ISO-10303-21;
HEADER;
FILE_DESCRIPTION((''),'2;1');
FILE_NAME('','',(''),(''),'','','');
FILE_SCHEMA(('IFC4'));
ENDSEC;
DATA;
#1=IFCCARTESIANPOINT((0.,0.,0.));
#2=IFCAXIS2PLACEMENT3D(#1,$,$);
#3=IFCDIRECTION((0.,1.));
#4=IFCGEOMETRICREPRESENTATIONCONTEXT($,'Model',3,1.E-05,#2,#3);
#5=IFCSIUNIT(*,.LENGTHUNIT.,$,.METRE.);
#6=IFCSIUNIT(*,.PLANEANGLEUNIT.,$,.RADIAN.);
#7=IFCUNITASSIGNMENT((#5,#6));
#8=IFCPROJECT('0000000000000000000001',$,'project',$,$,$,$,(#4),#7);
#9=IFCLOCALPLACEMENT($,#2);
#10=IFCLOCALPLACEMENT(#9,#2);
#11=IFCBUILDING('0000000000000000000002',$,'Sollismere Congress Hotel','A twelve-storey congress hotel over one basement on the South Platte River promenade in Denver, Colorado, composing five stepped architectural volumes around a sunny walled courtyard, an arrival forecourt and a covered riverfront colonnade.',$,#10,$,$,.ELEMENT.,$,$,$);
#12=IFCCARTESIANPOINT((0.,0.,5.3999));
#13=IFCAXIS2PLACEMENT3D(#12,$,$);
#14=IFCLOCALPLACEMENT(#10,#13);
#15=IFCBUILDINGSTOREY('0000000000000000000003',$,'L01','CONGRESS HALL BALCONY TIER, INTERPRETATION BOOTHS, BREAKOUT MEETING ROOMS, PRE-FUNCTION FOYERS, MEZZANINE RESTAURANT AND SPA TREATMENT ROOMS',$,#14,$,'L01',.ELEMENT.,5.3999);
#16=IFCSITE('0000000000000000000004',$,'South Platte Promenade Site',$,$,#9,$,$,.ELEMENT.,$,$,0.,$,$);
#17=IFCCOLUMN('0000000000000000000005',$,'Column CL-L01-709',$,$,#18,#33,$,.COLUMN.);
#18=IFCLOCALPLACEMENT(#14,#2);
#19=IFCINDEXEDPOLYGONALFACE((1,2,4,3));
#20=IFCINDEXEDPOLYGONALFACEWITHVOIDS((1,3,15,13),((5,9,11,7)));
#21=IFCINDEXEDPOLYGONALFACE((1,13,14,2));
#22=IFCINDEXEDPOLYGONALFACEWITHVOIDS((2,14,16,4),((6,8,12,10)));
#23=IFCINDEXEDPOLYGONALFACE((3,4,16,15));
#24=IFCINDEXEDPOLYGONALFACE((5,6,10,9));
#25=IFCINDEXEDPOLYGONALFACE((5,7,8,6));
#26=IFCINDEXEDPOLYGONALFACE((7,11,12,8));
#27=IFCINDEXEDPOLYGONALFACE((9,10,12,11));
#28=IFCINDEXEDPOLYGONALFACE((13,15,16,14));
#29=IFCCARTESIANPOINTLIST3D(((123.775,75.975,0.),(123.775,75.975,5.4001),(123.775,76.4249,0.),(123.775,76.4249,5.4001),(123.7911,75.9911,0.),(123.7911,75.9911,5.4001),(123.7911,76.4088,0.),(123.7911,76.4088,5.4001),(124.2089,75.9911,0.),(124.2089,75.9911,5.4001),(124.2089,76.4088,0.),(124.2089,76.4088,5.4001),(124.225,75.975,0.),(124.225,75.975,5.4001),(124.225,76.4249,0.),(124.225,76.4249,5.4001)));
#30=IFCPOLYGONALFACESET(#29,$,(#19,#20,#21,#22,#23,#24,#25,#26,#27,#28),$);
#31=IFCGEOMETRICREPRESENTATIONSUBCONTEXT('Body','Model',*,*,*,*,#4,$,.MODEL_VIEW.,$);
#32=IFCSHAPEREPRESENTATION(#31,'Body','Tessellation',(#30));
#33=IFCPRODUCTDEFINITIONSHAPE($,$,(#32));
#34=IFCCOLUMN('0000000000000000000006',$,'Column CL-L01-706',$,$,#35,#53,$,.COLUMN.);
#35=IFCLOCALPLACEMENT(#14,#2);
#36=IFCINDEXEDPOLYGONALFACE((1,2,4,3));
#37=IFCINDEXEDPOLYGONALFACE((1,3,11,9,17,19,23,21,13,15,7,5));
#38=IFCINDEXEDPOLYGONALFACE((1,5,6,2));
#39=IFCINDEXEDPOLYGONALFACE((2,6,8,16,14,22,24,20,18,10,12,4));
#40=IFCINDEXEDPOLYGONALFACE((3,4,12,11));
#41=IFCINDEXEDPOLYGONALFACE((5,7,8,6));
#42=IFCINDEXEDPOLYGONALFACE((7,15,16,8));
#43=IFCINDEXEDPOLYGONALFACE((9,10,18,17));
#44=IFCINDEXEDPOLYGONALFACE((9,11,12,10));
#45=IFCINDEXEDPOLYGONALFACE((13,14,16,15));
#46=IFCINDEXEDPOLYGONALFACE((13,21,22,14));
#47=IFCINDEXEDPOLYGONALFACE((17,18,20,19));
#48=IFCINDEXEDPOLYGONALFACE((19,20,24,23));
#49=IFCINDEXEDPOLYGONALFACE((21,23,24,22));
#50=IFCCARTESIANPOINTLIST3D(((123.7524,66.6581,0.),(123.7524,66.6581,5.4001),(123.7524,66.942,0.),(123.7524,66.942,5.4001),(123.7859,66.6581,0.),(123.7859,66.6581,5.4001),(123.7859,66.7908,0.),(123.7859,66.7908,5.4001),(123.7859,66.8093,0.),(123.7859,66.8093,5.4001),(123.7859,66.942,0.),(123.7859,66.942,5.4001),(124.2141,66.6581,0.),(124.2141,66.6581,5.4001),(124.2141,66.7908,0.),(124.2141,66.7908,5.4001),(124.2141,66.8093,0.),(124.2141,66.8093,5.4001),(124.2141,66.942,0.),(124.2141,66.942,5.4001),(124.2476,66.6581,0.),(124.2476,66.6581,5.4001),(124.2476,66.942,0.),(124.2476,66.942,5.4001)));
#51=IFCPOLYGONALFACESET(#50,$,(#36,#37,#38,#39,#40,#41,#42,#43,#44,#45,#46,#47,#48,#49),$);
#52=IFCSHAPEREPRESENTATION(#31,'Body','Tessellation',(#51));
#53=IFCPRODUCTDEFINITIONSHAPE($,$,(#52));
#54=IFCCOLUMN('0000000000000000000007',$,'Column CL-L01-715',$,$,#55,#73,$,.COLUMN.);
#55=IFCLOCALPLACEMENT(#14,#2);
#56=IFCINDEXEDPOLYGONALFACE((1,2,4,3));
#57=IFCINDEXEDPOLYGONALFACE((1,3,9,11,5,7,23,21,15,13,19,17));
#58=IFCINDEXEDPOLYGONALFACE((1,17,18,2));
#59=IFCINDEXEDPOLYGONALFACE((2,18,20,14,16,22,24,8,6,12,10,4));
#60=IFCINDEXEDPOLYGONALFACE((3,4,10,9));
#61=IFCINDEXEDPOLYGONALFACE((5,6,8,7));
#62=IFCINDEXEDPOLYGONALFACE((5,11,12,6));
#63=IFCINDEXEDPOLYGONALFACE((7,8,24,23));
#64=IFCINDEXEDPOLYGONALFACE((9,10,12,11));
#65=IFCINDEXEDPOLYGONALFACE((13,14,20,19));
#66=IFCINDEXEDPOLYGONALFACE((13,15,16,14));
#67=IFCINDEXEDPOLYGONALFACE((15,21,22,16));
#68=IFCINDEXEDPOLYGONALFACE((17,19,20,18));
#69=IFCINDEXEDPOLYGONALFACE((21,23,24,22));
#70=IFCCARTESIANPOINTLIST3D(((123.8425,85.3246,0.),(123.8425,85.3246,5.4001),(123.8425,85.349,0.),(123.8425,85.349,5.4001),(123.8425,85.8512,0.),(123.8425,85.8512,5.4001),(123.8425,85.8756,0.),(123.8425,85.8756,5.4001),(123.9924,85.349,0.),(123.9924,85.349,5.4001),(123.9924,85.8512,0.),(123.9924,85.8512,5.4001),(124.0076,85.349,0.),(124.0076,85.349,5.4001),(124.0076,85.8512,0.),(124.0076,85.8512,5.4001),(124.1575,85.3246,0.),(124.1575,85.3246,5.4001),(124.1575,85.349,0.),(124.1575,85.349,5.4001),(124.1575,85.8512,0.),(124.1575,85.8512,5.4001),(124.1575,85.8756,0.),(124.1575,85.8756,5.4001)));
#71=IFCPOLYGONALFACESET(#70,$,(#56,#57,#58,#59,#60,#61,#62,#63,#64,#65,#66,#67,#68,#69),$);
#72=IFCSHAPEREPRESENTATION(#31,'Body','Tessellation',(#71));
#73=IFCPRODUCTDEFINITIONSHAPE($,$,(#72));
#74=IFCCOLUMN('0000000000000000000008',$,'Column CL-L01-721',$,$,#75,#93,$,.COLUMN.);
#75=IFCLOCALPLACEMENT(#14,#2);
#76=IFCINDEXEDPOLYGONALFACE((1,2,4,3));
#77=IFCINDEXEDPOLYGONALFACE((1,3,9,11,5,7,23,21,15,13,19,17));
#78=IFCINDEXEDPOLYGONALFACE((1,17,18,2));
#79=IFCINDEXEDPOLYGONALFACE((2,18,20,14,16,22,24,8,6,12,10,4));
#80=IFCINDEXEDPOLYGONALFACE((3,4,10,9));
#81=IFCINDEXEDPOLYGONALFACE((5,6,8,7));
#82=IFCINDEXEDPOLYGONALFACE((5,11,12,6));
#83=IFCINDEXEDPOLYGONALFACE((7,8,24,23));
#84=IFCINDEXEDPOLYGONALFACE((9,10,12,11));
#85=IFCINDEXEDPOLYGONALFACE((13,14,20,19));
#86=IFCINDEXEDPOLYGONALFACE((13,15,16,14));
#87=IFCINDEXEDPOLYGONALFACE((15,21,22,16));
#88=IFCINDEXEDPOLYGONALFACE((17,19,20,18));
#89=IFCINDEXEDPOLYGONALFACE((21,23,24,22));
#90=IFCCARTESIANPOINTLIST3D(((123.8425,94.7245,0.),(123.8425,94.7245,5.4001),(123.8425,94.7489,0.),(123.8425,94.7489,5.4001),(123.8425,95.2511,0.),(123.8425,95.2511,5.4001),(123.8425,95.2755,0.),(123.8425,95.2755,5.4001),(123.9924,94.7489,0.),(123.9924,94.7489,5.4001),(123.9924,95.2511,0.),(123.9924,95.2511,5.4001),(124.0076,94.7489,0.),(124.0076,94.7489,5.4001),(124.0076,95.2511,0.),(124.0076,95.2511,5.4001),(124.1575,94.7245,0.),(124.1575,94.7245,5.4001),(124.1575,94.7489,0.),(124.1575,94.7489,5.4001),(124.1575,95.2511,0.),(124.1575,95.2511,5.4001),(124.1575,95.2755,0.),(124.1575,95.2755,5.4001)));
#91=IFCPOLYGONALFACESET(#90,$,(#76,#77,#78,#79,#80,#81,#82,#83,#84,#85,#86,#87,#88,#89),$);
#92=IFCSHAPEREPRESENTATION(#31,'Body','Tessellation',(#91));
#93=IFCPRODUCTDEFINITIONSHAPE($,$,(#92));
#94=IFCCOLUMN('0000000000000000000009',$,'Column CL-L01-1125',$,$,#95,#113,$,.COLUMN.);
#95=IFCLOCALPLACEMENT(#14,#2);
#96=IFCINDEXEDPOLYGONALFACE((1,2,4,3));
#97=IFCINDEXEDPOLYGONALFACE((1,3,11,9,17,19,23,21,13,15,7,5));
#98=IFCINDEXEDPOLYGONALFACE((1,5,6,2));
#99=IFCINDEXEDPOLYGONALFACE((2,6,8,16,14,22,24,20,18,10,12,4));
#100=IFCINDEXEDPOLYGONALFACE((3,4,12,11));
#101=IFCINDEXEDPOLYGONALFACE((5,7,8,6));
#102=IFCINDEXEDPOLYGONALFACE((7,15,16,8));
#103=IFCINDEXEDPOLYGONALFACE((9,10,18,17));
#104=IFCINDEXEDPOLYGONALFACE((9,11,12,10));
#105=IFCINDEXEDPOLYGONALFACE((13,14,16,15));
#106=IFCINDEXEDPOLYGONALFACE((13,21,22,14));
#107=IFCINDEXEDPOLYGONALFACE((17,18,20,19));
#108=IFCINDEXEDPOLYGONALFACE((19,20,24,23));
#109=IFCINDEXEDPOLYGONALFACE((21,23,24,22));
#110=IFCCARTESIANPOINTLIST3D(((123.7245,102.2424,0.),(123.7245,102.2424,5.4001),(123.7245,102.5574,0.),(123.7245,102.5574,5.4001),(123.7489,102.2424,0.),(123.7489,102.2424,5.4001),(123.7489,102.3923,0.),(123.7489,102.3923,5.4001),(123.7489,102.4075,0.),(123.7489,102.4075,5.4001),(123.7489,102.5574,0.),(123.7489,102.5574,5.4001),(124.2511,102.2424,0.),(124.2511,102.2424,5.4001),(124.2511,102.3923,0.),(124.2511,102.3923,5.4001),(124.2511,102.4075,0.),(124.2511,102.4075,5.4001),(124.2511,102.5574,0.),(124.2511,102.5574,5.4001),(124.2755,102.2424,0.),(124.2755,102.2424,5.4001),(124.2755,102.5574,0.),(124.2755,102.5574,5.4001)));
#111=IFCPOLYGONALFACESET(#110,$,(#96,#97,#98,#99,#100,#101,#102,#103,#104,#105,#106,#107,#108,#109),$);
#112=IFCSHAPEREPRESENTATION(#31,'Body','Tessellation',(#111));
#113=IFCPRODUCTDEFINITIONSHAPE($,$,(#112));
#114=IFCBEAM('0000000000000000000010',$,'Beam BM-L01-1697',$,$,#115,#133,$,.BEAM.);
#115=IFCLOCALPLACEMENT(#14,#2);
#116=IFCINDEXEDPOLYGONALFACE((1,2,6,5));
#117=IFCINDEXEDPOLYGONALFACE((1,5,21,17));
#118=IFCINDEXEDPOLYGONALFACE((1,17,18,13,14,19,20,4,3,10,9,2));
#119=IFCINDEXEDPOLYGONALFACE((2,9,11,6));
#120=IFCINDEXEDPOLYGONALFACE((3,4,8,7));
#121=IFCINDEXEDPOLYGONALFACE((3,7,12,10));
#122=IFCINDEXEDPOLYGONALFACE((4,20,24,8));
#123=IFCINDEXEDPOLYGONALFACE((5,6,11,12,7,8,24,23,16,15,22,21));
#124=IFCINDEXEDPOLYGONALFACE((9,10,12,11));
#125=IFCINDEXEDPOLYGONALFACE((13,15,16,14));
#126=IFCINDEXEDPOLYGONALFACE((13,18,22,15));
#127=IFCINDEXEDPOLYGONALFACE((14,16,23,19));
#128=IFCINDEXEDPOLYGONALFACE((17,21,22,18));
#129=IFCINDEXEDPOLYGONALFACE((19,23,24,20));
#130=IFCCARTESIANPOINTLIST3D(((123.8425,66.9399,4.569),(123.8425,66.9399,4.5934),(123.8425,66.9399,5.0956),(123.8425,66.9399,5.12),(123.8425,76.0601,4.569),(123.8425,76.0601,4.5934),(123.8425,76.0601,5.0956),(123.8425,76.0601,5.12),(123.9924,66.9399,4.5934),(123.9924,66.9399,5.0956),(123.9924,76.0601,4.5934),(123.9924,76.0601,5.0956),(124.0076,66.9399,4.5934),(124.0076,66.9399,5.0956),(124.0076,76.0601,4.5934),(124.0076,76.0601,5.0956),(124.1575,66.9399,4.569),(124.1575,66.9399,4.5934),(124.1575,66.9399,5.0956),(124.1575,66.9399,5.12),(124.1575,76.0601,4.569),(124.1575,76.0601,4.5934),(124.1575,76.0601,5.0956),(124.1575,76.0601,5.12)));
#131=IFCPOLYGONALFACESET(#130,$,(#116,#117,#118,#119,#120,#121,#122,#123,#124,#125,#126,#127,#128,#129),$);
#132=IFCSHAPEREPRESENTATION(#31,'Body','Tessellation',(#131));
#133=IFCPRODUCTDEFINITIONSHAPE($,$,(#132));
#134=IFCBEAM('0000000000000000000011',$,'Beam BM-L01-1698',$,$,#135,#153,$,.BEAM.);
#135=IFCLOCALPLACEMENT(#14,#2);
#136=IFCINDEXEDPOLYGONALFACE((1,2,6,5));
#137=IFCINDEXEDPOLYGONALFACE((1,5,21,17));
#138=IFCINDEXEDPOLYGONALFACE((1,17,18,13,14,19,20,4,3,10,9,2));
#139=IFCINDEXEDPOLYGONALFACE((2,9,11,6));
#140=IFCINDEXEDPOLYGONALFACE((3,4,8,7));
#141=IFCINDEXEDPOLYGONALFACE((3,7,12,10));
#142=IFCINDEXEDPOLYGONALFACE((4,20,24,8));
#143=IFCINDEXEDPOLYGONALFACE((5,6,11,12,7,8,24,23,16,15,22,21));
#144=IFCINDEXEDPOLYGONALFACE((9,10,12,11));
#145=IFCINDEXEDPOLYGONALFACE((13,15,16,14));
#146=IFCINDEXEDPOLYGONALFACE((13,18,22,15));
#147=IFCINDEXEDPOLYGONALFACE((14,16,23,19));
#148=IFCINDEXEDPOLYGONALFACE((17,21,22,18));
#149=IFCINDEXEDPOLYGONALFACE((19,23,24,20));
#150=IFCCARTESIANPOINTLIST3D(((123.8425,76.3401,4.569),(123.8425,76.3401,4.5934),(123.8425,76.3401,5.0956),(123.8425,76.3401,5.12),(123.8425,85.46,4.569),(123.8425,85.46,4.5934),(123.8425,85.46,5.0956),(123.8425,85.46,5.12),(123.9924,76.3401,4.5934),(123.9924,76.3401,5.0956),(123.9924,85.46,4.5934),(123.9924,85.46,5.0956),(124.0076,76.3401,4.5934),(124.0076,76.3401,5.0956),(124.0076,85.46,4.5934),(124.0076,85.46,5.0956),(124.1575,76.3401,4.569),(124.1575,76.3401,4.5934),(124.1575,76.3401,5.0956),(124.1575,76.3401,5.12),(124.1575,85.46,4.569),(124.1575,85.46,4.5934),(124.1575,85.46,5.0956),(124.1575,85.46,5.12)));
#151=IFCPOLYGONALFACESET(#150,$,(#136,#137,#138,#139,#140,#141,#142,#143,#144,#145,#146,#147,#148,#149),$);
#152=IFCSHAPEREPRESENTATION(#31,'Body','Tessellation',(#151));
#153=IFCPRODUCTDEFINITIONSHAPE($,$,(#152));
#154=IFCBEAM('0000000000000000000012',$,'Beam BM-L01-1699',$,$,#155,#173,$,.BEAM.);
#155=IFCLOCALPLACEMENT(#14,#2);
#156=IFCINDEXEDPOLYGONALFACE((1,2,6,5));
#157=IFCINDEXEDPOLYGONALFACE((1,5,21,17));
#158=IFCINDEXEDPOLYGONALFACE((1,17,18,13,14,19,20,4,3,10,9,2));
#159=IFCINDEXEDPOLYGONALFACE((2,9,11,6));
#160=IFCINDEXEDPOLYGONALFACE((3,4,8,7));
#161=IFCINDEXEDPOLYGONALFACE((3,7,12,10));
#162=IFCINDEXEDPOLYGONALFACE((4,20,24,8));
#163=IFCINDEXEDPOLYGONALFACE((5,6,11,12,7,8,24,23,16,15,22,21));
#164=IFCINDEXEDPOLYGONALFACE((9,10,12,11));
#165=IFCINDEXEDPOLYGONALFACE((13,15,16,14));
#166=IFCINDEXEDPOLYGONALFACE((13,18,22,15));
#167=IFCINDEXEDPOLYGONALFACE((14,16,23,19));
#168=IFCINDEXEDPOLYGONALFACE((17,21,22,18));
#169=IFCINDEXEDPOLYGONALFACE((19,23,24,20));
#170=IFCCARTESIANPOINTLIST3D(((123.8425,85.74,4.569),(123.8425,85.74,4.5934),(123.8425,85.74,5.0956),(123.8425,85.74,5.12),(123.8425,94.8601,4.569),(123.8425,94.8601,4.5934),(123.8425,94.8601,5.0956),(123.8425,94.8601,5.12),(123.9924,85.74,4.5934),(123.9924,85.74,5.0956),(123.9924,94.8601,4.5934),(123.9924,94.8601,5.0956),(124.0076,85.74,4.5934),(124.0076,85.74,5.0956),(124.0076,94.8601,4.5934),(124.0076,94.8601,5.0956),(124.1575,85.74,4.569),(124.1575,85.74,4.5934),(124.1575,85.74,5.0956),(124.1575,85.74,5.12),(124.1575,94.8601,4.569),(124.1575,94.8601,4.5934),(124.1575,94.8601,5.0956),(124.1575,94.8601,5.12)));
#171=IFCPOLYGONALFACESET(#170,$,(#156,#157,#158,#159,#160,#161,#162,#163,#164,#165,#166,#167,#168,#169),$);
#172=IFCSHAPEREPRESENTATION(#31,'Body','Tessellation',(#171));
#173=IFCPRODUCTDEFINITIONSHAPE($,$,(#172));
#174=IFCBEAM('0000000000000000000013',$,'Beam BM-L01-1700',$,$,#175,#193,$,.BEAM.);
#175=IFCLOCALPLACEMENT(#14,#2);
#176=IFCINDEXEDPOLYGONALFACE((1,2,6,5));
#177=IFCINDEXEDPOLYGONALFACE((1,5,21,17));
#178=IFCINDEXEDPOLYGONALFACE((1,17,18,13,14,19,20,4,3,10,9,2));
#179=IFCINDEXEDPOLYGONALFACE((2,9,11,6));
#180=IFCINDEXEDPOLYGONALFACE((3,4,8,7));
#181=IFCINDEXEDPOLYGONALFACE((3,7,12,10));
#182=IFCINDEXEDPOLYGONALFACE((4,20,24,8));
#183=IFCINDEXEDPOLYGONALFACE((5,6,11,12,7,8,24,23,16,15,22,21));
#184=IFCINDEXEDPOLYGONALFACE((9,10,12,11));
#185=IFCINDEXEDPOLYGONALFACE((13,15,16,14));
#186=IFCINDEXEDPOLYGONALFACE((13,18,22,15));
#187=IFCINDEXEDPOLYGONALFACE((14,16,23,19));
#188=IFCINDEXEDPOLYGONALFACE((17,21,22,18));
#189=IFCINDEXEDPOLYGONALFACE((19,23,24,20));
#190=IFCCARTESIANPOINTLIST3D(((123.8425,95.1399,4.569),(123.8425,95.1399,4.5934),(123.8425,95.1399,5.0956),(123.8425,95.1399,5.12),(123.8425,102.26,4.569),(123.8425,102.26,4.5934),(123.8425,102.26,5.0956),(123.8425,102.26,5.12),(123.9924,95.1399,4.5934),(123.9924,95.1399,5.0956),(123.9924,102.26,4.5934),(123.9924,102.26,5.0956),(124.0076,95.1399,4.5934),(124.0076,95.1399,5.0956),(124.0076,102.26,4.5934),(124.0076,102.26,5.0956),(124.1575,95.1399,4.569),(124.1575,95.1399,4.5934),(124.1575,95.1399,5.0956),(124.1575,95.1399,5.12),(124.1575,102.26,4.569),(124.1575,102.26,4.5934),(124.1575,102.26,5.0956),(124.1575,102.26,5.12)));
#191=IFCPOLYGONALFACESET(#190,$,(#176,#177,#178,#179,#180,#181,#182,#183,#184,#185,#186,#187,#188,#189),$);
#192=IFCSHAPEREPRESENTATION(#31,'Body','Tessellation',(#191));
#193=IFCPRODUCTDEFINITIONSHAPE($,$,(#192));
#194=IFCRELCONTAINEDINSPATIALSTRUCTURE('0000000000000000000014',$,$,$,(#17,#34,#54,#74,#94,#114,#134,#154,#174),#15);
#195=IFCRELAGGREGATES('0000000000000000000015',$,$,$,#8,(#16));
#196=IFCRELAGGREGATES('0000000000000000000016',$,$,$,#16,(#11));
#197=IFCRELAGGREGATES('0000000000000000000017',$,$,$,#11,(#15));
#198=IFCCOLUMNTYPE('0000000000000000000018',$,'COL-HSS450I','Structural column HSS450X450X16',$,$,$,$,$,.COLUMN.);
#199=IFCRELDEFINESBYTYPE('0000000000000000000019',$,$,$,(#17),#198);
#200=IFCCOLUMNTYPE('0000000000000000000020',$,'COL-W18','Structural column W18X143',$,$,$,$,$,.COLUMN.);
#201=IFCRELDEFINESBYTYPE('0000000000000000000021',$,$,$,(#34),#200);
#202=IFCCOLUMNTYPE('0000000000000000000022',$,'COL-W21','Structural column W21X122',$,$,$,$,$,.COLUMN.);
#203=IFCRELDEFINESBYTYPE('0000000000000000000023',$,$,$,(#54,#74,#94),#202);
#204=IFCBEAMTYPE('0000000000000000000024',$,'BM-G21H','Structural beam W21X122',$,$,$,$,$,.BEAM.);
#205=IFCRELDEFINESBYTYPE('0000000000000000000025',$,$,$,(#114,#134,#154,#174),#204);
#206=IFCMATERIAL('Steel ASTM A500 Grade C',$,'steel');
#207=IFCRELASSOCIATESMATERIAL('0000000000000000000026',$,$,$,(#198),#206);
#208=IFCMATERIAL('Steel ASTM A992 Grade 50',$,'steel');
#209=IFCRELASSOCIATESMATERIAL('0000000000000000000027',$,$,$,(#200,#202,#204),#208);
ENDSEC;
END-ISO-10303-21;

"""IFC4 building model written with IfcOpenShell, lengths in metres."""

from ifc_helpers import new_model, si_unit, direction, frame, origin, origin_2d, place, context, subcontext, project, spatial, hollow_rectangle, i_section, extrude, material, material_profile, profile_set, type_object, element, save


model = new_model("IFC4")

# Units and contexts
model_context = context("Model", 3, precision=1e-05, world=origin(), true_north=direction((0.0, 1.0)))
body_context = subcontext(model_context, "Body", "Model", "MODEL_VIEW")
ifc_project = project(units=[si_unit("LENGTHUNIT", "METRE"), si_unit("PLANEANGLEUNIT", "RADIAN")], contexts=[model_context])

# Site, building, storey
site_placement = place(None, origin())
site = spatial("IfcSite", under=ifc_project, at=site_placement, Name="South Platte Promenade Site", CompositionType="ELEMENT", RefElevation=0.0)
building_placement = place(site_placement, origin())
building = spatial("IfcBuilding", under=site, at=building_placement, Name="Sollismere Congress Hotel", Description="A twelve-storey congress hotel over one basement on the South Platte River promenade in Denver, Colorado, composing five stepped architectural volumes around a sunny walled courtyard, an arrival forecourt and a covered riverfront colonnade.", CompositionType="ELEMENT")
storey_placement = place(building_placement, frame((0.0, 0.0, 5.3999)))
storey = spatial("IfcBuildingStorey", under=building, at=storey_placement, Name="L01", Description="CONGRESS HALL BALCONY TIER, INTERPRETATION BOOTHS, BREAKOUT MEETING ROOMS, PRE-FUNCTION FOYERS, MEZZANINE RESTAURANT AND SPA TREATMENT ROOMS", LongName="L01", CompositionType="ELEMENT", Elevation=5.3999)

# Columns
ifc_material_1 = material(Name="Steel ASTM A500 Grade C", Category="steel")
ifc_material_profile_1 = material_profile(ifc_material_1, hollow_rectangle(XDim=0.45, YDim=0.45, WallThickness=0.0161, at=origin_2d()), Name="HSS450X450X16")
ifc_profile_set_1 = profile_set([ifc_material_profile_1], Name="Steel ASTM A500 Grade C")
column_type_1 = type_object("IfcColumnType", Name="COL-HSS450I", Description="Structural column HSS450X450X16", PredefinedType="COLUMN", material=ifc_profile_set_1)
column_1_placement = place(storey_placement, frame((124.0, 76.2, 0.0), z_axis=(0.0, 0.0, 1.0), x_axis=(1.0, 0.0, 0.0)))
element("IfcColumn", 1, at=column_1_placement, inside=storey, type_object=column_type_1, Name="Column CL-L01-709", PredefinedType="COLUMN", context=body_context, shape_type="SweptSolid", body=[
    extrude(hollow_rectangle(XDim=0.45, YDim=0.45, WallThickness=0.0161, at=origin_2d()), origin(), (0.0, 0.0, 1.0), 5.4001),
])
ifc_material_2 = material(Name="Steel ASTM A992 Grade 50", Category="steel")
ifc_material_profile_2 = material_profile(ifc_material_2, i_section(OverallWidth=0.2839, OverallDepth=0.4951, WebThickness=0.0186, FlangeThickness=0.0334, at=origin_2d()), Name="W18X143")
ifc_profile_set_2 = profile_set([ifc_material_profile_2], Name="Steel ASTM A992 Grade 50")
column_type_2 = type_object("IfcColumnType", Name="COL-W18", Description="Structural column W18X143", PredefinedType="COLUMN", material=ifc_profile_set_2)
column_2_placement = place(storey_placement, frame((124.0, 66.8, 0.0), z_axis=(0.0, 0.0, 1.0), x_axis=(0.0, 1.0, 0.0)))
element("IfcColumn", 2, at=column_2_placement, inside=storey, type_object=column_type_2, Name="Column CL-L01-706", PredefinedType="COLUMN", context=body_context, shape_type="SweptSolid", body=[
    extrude(i_section(OverallWidth=0.2839, OverallDepth=0.4951, WebThickness=0.0186, FlangeThickness=0.0334, at=origin_2d()), origin(), (0.0, 0.0, 1.0), 5.4001),
])
ifc_material_profile_3 = material_profile(ifc_material_2, i_section(OverallWidth=0.3149, OverallDepth=0.551, WebThickness=0.0151, FlangeThickness=0.0244, at=origin_2d()), Name="W21X122")
ifc_profile_set_3 = profile_set([ifc_material_profile_3], Name="Steel ASTM A992 Grade 50")
column_type_3 = type_object("IfcColumnType", Name="COL-W21", Description="Structural column W21X122", PredefinedType="COLUMN", material=ifc_profile_set_3)
for number, where, z_axis, x_axis, name in (
    (3, (124.0, 85.6001, 0.0), (0.0, 0.0, 1.0), (1.0, 0.0, 0.0), "Column CL-L01-715"),
    (4, (124.0, 95.0, 0.0), (0.0, 0.0, 1.0), (1.0, 0.0, 0.0), "Column CL-L01-721"),
    (5, (124.0, 102.3999, 0.0), (0.0, 0.0, 1.0), (0.0, 1.0, 0.0), "Column CL-L01-1125"),
):
    element("IfcColumn", number, at=place(storey_placement, frame(where, z_axis=z_axis, x_axis=x_axis)), inside=storey, type_object=column_type_3, Name=name, PredefinedType="COLUMN", context=body_context, shape_type="SweptSolid", body=[
        extrude(i_section(OverallWidth=0.3149, OverallDepth=0.551, WebThickness=0.0151, FlangeThickness=0.0244, at=origin_2d()), origin(), (0.0, 0.0, 1.0), 5.4001),
    ])

# Beams
ifc_material_profile_4 = material_profile(ifc_material_2, i_section(OverallWidth=0.3149, OverallDepth=0.551, WebThickness=0.0151, FlangeThickness=0.0244, at=origin_2d()), Name="W21X122")
ifc_profile_set_4 = profile_set([ifc_material_profile_4], Name="Steel ASTM A992 Grade 50")
beam_type_1 = type_object("IfcBeamType", Name="BM-G21H", Description="Structural beam W21X122", PredefinedType="BEAM", material=ifc_profile_set_4)
beam_1_placement = place(storey_placement, frame((124.0, 66.9399, 4.8445), z_axis=(0.0, 1.0, 0.0), x_axis=(-1.0, 0.0, 0.0)))
element("IfcBeam", 6, at=beam_1_placement, inside=storey, type_object=beam_type_1, Name="Beam BM-L01-1697", PredefinedType="BEAM", context=body_context, shape_type="SweptSolid", body=[
    extrude(i_section(OverallWidth=0.3149, OverallDepth=0.551, WebThickness=0.0151, FlangeThickness=0.0244, at=origin_2d()), origin(), (0.0, 0.0, 1.0), 9.1201),
])
beam_2_placement = place(storey_placement, frame((124.0, 76.3401, 4.8445), z_axis=(0.0, 1.0, 0.0), x_axis=(-1.0, 0.0, 0.0)))
element("IfcBeam", 7, at=beam_2_placement, inside=storey, type_object=beam_type_1, Name="Beam BM-L01-1698", PredefinedType="BEAM", context=body_context, shape_type="SweptSolid", body=[
    extrude(i_section(OverallWidth=0.3149, OverallDepth=0.551, WebThickness=0.0151, FlangeThickness=0.0244, at=origin_2d()), origin(), (0.0, 0.0, 1.0), 9.1199),
])
beam_3_placement = place(storey_placement, frame((124.0, 85.74, 4.8445), z_axis=(0.0, 1.0, 0.0), x_axis=(-1.0, 0.0, 0.0)))
element("IfcBeam", 8, at=beam_3_placement, inside=storey, type_object=beam_type_1, Name="Beam BM-L01-1699", PredefinedType="BEAM", context=body_context, shape_type="SweptSolid", body=[
    extrude(i_section(OverallWidth=0.3149, OverallDepth=0.551, WebThickness=0.0151, FlangeThickness=0.0244, at=origin_2d()), origin(), (0.0, 0.0, 1.0), 9.1201),
])
beam_4_placement = place(storey_placement, frame((124.0, 95.1399, 4.8445), z_axis=(0.0, 1.0, 0.0), x_axis=(-1.0, 0.0, 0.0)))
element("IfcBeam", 9, at=beam_4_placement, inside=storey, type_object=beam_type_1, Name="Beam BM-L01-1700", PredefinedType="BEAM", context=body_context, shape_type="SweptSolid", body=[
    extrude(i_section(OverallWidth=0.3149, OverallDepth=0.551, WebThickness=0.0151, FlangeThickness=0.0244, at=origin_2d()), origin(), (0.0, 0.0, 1.0), 7.1201),
])

save(model, "model.ifc")
